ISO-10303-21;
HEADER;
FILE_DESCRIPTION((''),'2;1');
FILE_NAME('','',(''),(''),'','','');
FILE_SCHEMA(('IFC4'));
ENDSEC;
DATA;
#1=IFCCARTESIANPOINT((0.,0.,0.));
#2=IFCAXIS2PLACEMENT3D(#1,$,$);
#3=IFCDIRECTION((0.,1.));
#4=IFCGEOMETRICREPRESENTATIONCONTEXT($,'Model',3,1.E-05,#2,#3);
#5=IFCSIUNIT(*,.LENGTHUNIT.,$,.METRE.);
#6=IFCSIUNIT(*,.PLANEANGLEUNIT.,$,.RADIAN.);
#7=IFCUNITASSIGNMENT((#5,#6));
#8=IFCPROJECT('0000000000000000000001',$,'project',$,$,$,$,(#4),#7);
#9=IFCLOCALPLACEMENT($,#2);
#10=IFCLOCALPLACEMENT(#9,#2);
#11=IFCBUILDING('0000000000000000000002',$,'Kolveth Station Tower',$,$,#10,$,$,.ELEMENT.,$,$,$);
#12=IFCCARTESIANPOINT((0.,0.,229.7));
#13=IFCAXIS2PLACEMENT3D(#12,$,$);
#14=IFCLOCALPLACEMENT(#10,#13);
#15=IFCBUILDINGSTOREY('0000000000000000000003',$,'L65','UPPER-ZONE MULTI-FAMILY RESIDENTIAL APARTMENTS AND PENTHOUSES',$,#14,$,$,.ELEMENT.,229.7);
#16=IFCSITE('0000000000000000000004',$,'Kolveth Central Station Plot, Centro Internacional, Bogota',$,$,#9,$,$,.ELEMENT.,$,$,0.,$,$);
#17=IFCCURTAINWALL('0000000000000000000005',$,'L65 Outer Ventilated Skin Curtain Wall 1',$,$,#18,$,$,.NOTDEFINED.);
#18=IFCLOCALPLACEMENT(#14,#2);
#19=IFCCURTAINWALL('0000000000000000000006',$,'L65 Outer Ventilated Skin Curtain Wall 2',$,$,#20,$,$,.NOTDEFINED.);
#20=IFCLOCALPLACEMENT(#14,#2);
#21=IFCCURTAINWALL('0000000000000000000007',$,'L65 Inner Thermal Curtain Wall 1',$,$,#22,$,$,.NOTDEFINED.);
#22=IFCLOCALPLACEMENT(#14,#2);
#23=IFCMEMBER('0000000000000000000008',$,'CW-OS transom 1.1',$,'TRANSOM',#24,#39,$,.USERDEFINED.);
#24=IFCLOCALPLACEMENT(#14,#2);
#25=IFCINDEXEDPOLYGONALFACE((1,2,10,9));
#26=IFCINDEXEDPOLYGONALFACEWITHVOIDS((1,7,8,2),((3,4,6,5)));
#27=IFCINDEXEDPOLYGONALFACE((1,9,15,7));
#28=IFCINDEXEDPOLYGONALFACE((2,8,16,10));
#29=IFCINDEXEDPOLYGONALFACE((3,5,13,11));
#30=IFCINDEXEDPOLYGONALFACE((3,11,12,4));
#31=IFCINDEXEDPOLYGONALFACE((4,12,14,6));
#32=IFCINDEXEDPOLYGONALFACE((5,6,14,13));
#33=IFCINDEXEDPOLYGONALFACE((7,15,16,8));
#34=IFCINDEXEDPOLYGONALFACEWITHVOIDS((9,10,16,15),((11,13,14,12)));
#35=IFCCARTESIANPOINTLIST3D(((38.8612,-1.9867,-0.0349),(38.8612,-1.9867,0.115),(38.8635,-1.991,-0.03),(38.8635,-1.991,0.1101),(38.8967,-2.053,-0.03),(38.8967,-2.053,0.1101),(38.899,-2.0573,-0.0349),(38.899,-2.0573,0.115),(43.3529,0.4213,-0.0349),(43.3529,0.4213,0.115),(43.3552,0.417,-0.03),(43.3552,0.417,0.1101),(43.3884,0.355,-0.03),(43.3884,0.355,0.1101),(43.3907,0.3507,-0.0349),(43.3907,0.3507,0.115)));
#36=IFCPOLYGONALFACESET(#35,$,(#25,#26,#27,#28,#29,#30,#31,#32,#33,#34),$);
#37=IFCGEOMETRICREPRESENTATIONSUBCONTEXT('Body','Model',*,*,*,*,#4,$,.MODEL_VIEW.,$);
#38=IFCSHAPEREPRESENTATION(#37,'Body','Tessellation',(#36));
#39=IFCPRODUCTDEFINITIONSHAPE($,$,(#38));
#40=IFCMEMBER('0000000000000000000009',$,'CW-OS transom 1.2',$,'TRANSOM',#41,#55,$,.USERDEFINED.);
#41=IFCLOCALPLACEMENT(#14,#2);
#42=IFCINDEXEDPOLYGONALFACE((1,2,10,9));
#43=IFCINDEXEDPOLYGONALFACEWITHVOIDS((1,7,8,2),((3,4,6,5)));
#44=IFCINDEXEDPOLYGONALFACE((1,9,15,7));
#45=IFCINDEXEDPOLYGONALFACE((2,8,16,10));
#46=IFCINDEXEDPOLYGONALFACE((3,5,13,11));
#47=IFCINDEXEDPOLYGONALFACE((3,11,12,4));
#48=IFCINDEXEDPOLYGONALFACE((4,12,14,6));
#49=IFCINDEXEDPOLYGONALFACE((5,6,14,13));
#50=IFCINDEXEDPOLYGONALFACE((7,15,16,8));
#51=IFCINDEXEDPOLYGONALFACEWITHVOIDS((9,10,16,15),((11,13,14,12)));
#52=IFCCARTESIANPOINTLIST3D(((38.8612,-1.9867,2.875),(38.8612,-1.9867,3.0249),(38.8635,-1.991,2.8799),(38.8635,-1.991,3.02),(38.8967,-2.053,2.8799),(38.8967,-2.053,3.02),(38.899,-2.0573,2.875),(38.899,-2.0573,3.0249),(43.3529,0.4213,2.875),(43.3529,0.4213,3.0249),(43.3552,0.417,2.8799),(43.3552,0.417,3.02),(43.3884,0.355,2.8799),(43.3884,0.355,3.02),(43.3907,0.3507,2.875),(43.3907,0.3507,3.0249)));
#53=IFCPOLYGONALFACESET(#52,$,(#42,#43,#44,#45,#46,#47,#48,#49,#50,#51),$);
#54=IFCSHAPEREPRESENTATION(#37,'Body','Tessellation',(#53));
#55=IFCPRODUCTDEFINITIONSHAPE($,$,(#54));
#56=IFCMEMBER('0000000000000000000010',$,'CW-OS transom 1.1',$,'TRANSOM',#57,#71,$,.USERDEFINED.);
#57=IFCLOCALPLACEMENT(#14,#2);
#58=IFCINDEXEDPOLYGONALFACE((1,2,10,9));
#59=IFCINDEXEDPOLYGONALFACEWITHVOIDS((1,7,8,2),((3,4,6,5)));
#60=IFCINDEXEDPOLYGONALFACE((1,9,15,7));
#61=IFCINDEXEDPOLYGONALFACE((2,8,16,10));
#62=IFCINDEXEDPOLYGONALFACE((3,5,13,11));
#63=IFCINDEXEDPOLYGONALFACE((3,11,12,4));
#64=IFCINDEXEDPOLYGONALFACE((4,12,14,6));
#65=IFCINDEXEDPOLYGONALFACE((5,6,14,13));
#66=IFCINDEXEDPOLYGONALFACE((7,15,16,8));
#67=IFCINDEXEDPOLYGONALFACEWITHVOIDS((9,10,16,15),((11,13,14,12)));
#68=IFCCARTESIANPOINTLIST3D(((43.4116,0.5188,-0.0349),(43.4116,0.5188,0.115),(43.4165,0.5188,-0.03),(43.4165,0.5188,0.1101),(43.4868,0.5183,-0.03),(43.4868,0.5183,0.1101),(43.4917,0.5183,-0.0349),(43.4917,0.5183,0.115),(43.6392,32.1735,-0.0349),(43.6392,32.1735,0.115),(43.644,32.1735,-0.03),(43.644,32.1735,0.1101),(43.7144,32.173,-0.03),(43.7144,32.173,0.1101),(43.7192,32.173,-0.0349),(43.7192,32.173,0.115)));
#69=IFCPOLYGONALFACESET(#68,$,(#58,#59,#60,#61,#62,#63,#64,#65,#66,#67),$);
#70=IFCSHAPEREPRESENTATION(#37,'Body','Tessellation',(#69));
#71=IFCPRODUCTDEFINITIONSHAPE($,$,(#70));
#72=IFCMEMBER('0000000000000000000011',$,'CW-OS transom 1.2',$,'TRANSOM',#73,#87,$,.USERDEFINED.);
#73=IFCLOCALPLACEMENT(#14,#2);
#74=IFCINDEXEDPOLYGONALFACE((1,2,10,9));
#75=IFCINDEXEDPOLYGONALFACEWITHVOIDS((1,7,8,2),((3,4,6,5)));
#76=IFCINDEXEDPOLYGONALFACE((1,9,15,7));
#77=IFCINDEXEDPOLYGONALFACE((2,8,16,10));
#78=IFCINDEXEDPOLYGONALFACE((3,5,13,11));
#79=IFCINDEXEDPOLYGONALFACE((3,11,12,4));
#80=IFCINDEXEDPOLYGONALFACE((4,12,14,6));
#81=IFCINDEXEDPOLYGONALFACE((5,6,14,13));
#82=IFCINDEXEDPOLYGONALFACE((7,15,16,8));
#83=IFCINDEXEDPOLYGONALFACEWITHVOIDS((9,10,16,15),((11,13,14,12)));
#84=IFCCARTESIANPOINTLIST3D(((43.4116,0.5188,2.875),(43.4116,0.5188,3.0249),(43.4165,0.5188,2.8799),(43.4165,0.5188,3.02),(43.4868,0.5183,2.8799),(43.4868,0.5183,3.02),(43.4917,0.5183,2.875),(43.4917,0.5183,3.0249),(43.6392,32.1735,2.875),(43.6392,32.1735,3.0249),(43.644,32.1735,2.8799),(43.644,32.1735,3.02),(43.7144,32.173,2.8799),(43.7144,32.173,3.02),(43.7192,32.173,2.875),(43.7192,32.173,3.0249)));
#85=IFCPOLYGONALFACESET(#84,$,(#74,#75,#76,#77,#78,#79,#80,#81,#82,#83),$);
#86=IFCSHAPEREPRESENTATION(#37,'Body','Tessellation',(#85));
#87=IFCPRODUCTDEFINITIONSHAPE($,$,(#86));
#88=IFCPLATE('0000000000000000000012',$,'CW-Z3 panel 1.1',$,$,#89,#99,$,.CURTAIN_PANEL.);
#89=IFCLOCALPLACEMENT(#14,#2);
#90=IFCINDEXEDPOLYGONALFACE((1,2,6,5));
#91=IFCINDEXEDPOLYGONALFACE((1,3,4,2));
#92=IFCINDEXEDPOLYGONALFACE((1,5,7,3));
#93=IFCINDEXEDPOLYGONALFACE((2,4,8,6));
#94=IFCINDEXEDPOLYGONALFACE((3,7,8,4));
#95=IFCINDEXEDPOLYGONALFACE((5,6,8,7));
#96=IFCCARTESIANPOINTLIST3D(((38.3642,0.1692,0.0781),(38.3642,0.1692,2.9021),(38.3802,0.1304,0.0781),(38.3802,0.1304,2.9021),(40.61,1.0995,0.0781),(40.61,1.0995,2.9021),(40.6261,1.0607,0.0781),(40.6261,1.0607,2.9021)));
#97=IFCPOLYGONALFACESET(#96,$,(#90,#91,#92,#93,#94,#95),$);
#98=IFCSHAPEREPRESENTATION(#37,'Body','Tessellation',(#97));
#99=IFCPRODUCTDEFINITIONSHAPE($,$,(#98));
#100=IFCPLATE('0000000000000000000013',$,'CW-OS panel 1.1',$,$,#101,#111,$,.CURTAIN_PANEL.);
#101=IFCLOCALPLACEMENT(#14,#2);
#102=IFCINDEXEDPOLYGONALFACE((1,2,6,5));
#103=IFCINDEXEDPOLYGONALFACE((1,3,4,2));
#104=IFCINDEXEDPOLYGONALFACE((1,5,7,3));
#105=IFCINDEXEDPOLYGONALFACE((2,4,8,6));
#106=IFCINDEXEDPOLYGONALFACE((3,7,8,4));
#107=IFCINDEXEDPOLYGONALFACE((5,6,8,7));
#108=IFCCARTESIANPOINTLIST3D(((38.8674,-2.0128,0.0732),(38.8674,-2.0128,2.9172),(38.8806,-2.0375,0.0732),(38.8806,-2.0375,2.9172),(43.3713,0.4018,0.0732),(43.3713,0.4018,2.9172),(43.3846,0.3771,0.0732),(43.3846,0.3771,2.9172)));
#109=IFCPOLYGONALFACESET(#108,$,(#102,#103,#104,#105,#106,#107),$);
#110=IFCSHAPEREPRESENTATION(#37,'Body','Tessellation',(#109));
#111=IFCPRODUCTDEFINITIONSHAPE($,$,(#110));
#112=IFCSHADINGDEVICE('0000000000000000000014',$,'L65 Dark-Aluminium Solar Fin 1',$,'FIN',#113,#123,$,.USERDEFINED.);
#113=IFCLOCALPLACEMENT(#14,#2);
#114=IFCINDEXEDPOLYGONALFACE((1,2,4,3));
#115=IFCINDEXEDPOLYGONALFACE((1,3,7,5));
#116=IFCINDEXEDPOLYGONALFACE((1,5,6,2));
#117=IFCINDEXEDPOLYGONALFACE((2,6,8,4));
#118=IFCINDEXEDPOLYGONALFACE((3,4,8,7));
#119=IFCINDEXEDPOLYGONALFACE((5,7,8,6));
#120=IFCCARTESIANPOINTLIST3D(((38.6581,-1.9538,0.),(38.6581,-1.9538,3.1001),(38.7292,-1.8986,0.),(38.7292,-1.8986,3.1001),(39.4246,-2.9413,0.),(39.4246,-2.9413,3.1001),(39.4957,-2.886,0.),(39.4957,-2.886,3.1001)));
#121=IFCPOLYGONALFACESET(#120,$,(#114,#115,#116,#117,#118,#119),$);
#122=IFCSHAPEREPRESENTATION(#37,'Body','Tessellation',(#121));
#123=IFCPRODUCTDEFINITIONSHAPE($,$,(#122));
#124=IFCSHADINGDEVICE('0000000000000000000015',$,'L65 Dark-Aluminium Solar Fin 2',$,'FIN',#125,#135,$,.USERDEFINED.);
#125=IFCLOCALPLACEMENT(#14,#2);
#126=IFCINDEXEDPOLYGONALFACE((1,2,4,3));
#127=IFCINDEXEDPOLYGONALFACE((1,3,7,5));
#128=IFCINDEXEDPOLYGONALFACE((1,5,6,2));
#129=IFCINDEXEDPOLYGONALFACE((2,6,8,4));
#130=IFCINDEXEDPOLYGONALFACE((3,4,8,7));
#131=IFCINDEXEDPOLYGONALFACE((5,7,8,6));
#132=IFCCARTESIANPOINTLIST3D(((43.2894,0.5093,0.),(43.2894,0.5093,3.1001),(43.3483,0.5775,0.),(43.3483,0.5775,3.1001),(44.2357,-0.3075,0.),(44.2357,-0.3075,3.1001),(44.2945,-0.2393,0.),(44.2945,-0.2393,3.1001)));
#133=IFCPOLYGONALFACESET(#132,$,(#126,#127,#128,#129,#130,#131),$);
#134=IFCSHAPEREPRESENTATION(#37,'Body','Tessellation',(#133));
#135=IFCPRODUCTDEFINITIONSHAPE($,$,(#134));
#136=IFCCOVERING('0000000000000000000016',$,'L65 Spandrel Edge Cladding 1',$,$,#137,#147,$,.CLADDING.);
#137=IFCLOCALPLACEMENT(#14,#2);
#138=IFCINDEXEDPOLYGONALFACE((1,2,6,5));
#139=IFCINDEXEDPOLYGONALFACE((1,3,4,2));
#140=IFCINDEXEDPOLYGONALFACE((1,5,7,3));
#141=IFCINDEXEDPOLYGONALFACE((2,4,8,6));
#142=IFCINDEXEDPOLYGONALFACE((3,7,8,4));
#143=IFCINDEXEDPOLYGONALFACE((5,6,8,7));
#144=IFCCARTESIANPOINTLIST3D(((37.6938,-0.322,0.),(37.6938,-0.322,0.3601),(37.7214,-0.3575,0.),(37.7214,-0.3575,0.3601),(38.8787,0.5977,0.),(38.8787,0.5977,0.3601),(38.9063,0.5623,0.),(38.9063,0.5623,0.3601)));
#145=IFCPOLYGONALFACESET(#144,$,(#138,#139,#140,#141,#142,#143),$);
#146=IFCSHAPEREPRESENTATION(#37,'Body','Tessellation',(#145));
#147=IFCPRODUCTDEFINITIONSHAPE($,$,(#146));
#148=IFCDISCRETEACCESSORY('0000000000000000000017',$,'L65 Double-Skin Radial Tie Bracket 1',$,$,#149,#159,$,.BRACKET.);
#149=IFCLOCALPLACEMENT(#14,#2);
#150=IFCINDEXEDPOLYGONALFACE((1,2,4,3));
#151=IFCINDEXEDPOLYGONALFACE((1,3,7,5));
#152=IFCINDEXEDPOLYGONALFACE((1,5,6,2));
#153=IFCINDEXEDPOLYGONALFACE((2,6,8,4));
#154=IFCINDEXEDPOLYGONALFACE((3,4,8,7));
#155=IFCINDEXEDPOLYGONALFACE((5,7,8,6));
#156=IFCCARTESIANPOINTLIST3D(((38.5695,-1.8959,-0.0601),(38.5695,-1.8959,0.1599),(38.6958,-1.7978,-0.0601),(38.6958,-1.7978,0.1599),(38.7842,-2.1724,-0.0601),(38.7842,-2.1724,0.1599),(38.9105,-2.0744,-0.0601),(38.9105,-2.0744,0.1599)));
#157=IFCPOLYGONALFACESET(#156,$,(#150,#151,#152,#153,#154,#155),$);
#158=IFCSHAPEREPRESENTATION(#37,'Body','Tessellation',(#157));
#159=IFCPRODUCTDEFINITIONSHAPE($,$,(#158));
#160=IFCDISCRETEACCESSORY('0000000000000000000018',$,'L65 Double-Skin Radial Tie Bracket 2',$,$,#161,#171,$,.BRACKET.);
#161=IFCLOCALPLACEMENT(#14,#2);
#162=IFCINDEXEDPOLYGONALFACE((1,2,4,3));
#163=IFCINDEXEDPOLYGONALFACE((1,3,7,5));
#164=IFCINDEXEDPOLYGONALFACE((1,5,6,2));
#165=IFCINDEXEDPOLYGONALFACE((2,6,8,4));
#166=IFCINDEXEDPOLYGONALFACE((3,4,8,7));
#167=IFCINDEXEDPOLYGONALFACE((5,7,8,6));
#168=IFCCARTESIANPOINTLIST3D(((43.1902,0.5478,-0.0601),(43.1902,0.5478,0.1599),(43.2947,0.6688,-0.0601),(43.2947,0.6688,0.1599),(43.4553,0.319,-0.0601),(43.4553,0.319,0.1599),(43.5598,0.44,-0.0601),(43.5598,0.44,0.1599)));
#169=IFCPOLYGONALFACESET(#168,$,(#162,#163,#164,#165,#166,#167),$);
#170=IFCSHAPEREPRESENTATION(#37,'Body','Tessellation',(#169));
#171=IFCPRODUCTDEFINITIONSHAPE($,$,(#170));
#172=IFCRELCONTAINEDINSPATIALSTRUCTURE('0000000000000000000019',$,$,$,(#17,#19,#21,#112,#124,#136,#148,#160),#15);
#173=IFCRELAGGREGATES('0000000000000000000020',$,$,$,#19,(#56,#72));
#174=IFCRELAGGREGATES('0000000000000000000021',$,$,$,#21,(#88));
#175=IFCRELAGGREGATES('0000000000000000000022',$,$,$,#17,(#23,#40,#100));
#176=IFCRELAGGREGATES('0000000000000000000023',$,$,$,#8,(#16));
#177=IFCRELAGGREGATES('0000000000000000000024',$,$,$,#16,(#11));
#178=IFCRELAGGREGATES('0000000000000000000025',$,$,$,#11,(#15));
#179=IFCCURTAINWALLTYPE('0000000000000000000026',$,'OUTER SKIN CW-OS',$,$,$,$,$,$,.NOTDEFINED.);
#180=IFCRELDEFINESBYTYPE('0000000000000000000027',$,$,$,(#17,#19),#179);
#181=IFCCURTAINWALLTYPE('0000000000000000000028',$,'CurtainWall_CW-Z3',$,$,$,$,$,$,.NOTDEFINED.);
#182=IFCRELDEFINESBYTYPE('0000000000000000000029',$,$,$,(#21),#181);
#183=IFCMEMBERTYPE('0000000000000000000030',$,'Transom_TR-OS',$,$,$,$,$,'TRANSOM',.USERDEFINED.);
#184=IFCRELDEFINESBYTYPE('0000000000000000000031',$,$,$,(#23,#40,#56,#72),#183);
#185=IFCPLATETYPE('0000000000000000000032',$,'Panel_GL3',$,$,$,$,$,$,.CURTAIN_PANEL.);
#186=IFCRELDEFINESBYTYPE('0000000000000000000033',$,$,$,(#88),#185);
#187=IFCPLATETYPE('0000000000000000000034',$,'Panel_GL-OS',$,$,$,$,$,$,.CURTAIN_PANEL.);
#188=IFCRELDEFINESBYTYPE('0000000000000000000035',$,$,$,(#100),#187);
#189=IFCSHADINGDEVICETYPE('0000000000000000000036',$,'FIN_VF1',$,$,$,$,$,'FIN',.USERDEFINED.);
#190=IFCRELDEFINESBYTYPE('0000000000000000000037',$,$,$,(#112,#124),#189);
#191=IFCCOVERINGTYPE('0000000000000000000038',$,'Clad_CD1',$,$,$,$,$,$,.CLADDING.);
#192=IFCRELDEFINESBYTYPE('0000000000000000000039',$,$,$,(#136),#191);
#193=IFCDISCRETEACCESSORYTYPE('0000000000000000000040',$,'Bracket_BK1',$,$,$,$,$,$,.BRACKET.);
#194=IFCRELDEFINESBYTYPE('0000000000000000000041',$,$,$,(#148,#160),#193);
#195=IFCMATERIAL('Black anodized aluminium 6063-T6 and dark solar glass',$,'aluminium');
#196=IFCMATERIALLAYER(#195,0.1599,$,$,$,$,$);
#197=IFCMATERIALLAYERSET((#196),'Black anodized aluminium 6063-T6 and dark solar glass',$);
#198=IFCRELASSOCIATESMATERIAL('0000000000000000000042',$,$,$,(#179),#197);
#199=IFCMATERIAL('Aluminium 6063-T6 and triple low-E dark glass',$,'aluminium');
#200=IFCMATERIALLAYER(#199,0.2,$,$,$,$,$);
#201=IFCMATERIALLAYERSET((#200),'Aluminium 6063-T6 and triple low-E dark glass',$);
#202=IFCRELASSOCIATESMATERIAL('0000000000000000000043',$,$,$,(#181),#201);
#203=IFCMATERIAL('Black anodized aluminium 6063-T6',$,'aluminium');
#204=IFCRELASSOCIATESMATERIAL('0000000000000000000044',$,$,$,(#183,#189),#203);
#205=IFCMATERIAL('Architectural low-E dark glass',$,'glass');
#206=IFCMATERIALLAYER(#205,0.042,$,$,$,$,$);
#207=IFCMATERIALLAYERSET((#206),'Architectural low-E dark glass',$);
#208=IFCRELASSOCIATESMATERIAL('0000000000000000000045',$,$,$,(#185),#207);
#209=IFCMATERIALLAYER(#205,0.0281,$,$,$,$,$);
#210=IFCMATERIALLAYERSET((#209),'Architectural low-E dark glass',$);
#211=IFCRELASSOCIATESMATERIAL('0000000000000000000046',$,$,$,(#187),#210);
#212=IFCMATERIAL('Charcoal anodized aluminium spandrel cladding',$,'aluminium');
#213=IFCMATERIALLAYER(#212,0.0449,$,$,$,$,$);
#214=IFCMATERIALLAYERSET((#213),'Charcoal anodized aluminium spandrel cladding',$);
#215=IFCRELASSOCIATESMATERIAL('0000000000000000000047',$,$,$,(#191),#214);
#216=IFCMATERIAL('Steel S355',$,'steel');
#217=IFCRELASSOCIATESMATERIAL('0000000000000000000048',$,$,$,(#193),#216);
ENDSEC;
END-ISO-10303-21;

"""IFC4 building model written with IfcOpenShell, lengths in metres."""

from ifc_helpers import new_model, si_unit, direction, frame, origin, origin_2d, place, context, subcontext, project, spatial, rectangle, hollow_rectangle, extrude, source, transform, mapped, material, layer, layer_set, material_profile, profile_set, type_object, element, aggregate, save


model = new_model("IFC4")

# Units and contexts
model_context = context("Model", 3, precision=1e-05, world=origin(), true_north=direction((0.0, 1.0)))
body_context = subcontext(model_context, "Body", "Model", "MODEL_VIEW")
ifc_project = project(units=[si_unit("LENGTHUNIT", "METRE"), si_unit("PLANEANGLEUNIT", "RADIAN")], contexts=[model_context])

# Site, building, storey
site_placement = place(None, origin())
site = spatial("IfcSite", under=ifc_project, at=site_placement, Name="Kolveth Central Station Plot, Centro Internacional, Bogota", CompositionType="ELEMENT", RefElevation=0.0)
building_placement = place(site_placement, origin())
building = spatial("IfcBuilding", under=site, at=building_placement, Name="Kolveth Station Tower", CompositionType="ELEMENT")
storey_placement = place(building_placement, frame((0.0, 0.0, 229.7)))
storey = spatial("IfcBuildingStorey", under=building, at=storey_placement, Name="L65", Description="UPPER-ZONE MULTI-FAMILY RESIDENTIAL APARTMENTS AND PENTHOUSES", CompositionType="ELEMENT", Elevation=229.7)

# Curtain wall
ifc_material_1 = material(Name="Black anodized aluminium 6063-T6 and dark solar glass", Category="aluminium")
ifc_layer_1 = layer(ifc_material_1, 0.1599)
ifc_layer_set_1 = layer_set([ifc_layer_1], Name="Black anodized aluminium 6063-T6 and dark solar glass")
curtain_wall_type_1 = type_object("IfcCurtainWallType", Name="OUTER SKIN CW-OS", PredefinedType="NOTDEFINED", material=ifc_layer_set_1)
curtain_wall_1_placement = place(storey_placement, origin())
curtain_wall_1 = element("IfcCurtainWall", 1, at=curtain_wall_1_placement, inside=storey, type_object=curtain_wall_type_1, Name="L65 Outer Ventilated Skin Curtain Wall 1", PredefinedType="NOTDEFINED")
ifc_material_2 = material(Name="Black anodized aluminium 6063-T6", Category="aluminium")

# Curtain wall
curtain_wall_2_placement = place(storey_placement, origin())
curtain_wall_2 = element("IfcCurtainWall", 2, at=curtain_wall_2_placement, inside=storey, type_object=curtain_wall_type_1, Name="L65 Outer Ventilated Skin Curtain Wall 2", PredefinedType="NOTDEFINED")

# Curtain wall
ifc_material_3 = material(Name="Aluminium 6063-T6 and triple low-E dark glass", Category="aluminium")
ifc_layer_2 = layer(ifc_material_3, 0.2)
ifc_layer_set_2 = layer_set([ifc_layer_2], Name="Aluminium 6063-T6 and triple low-E dark glass")
curtain_wall_type_2 = type_object("IfcCurtainWallType", Name="CurtainWall_CW-Z3", PredefinedType="NOTDEFINED", material=ifc_layer_set_2)
curtain_wall_3_placement = place(storey_placement, origin())
curtain_wall_3 = element("IfcCurtainWall", 3, at=curtain_wall_3_placement, inside=storey, type_object=curtain_wall_type_2, Name="L65 Inner Thermal Curtain Wall 1", PredefinedType="NOTDEFINED")

# Members
ifc_material_profile_1 = material_profile(ifc_material_2, hollow_rectangle(XDim=0.0801, YDim=0.1499, WallThickness=0.0049, at=origin_2d()), Name="ALU-80x150x5")
ifc_profile_set_1 = profile_set([ifc_material_profile_1], Name="Black anodized aluminium 6063-T6")
member_type_1 = type_object("IfcMemberType", Name="Transom_TR-OS", ElementType="TRANSOM", PredefinedType="USERDEFINED", material=ifc_profile_set_1)
shared_shape_1 = source(origin(), body_context, "Body", "SweptSolid", [
    extrude(hollow_rectangle(XDim=0.0801, YDim=0.1499, WallThickness=0.0049, at=origin_2d()), origin(), (0.0, 0.0, 1.0), 5.0964),
])
member_1_placement = place(storey_placement, frame((38.8801, -2.022, 0.04), z_axis=(0.881342, 0.472479, 0.0), x_axis=(-0.472479, 0.881342, 0.0)))
member_1 = element("IfcMember", 4, at=member_1_placement, type_object=member_type_1, Name="CW-OS transom 1.1", ObjectType="TRANSOM", PredefinedType="USERDEFINED", context=body_context, shape_type="MappedRepresentation", body=[
    mapped(shared_shape_1, transform((0.0, 0.0, 0.0), x_axis=(1.0, 0.0, 0.0), y_axis=(0.0, 1.0, 0.0), z_axis=(0.0, 0.0, 1.0), scale=1.0)),
])
member_2_placement = place(storey_placement, frame((38.8801, -2.022, 2.95), z_axis=(0.881342, 0.472479, 0.0), x_axis=(-0.472479, 0.881342, 0.0)))
member_2 = element("IfcMember", 5, at=member_2_placement, type_object=member_type_1, Name="CW-OS transom 1.2", ObjectType="TRANSOM", PredefinedType="USERDEFINED", context=body_context, shape_type="MappedRepresentation", body=[
    mapped(shared_shape_1, transform((0.0, 0.0, 0.0), x_axis=(1.0, 0.0, 0.0), y_axis=(0.0, 1.0, 0.0), z_axis=(0.0, 0.0, 1.0), scale=1.0)),
])
shared_shape_2 = source(origin(), body_context, "Body", "SweptSolid", [
    extrude(hollow_rectangle(XDim=0.0801, YDim=0.1499, WallThickness=0.0049, at=origin_2d()), origin(), (0.0, 0.0, 1.0), 31.6555),
])
member_3_placement = place(storey_placement, frame((43.4517, 0.5186, 0.04), z_axis=(0.007188, 0.999974, 0.0), x_axis=(-0.999974, 0.007188, 0.0)))
member_3 = element("IfcMember", 6, at=member_3_placement, type_object=member_type_1, Name="CW-OS transom 1.1", ObjectType="TRANSOM", PredefinedType="USERDEFINED", context=body_context, shape_type="MappedRepresentation", body=[
    mapped(shared_shape_2, transform((0.0, 0.0, 0.0), x_axis=(1.0, 0.0, 0.0), y_axis=(0.0, 1.0, 0.0), z_axis=(0.0, 0.0, 1.0), scale=1.0)),
])
member_4_placement = place(storey_placement, frame((43.4517, 0.5186, 2.95), z_axis=(0.007188, 0.999974, 0.0), x_axis=(-0.999974, 0.007188, 0.0)))
member_4 = element("IfcMember", 7, at=member_4_placement, type_object=member_type_1, Name="CW-OS transom 1.2", ObjectType="TRANSOM", PredefinedType="USERDEFINED", context=body_context, shape_type="MappedRepresentation", body=[
    mapped(shared_shape_2, transform((0.0, 0.0, 0.0), x_axis=(1.0, 0.0, 0.0), y_axis=(0.0, 1.0, 0.0), z_axis=(0.0, 0.0, 1.0), scale=1.0)),
])
aggregate(curtain_wall_2, [member_3, member_4])

# Plates
ifc_material_4 = material(Name="Architectural low-E dark glass", Category="glass")
ifc_layer_3 = layer(ifc_material_4, 0.042)
ifc_layer_set_3 = layer_set([ifc_layer_3], Name="Architectural low-E dark glass")
plate_type_1 = type_object("IfcPlateType", Name="Panel_GL3", PredefinedType="CURTAIN_PANEL", material=ifc_layer_set_3)
shared_shape_3 = source(origin(), body_context, "Body", "SweptSolid", [
    extrude(rectangle(XDim=2.4309, YDim=0.042, at=origin_2d()), origin(), (0.0, 0.0, 1.0), 2.824),
])
plate_1_placement = place(storey_placement, frame((39.4951, 0.615, 0.0781), z_axis=(0.0, 0.0, 1.0), x_axis=(0.923875, 0.382693, 0.0)))
plate_1 = element("IfcPlate", 8, at=plate_1_placement, type_object=plate_type_1, Name="CW-Z3 panel 1.1", PredefinedType="CURTAIN_PANEL", context=body_context, shape_type="MappedRepresentation", body=[
    mapped(shared_shape_3, transform((0.0, 0.0, 0.0), x_axis=(1.0, 0.0, 0.0), y_axis=(0.0, 1.0, 0.0), z_axis=(0.0, 0.0, 1.0), scale=1.0)),
])
aggregate(curtain_wall_3, [plate_1])
ifc_layer_4 = layer(ifc_material_4, 0.0281)
ifc_layer_set_4 = layer_set([ifc_layer_4], Name="Architectural low-E dark glass")
plate_type_2 = type_object("IfcPlateType", Name="Panel_GL-OS", PredefinedType="CURTAIN_PANEL", material=ifc_layer_set_4)
shared_shape_4 = source(origin(), body_context, "Body", "SweptSolid", [
    extrude(rectangle(XDim=5.1104, YDim=0.0281, at=origin_2d()), origin(), (0.0, 0.0, 1.0), 2.844),
])
plate_2_placement = place(storey_placement, frame((41.126, -0.8179, 0.0732), z_axis=(0.0, 0.0, 1.0), x_axis=(0.881336, 0.47249, 0.0)))
plate_2 = element("IfcPlate", 9, at=plate_2_placement, type_object=plate_type_2, Name="CW-OS panel 1.1", PredefinedType="CURTAIN_PANEL", context=body_context, shape_type="MappedRepresentation", body=[
    mapped(shared_shape_4, transform((0.0, 0.0, 0.0), x_axis=(1.0, 0.0, 0.0), y_axis=(0.0, 1.0, 0.0), z_axis=(0.0, 0.0, 1.0), scale=1.0)),
])
aggregate(curtain_wall_1, [member_1, member_2, plate_2])

# Shading devices
shading_device_type = type_object("IfcShadingDeviceType", Name="FIN_VF1", ElementType="FIN", PredefinedType="USERDEFINED", material=ifc_material_2)
shared_shape_5 = source(origin(), body_context, "Body", "SweptSolid", [
    extrude(rectangle(XDim=1.25, YDim=0.0901, at=origin_2d()), origin(), (0.0, 0.0, 1.0), 3.1001),
])
for number, where, z_axis, x_axis, name in (
    (10, (39.0769, -2.4199, 0.0), (0.0, 0.0, 1.0), (0.613183, -0.789941, 0.0), "L65 Dark-Aluminium Solar Fin 1"),
    (11, (43.792, 0.135, 0.0), (0.0, 0.0, 1.0), (0.756995, -0.653421, 0.0), "L65 Dark-Aluminium Solar Fin 2"),
):
    element("IfcShadingDevice", number, at=place(storey_placement, frame(where, z_axis=z_axis, x_axis=x_axis)), inside=storey, type_object=shading_device_type, Name=name, ObjectType="FIN", PredefinedType="USERDEFINED", context=body_context, shape_type="MappedRepresentation", body=[
        mapped(shared_shape_5, transform((0.0, 0.0, 0.0), x_axis=(1.0, 0.0, 0.0), y_axis=(0.0, 1.0, 0.0), z_axis=(0.0, 0.0, 1.0), scale=1.0)),
    ])

# Covering
ifc_material_5 = material(Name="Charcoal anodized aluminium spandrel cladding", Category="aluminium")
ifc_layer_5 = layer(ifc_material_5, 0.0449)
ifc_layer_set_5 = layer_set([ifc_layer_5], Name="Charcoal anodized aluminium spandrel cladding")
covering_type = type_object("IfcCoveringType", Name="Clad_CD1", PredefinedType="CLADDING", material=ifc_layer_set_5)
shared_shape_6 = source(origin(), body_context, "Body", "SweptSolid", [
    extrude(rectangle(XDim=1.5, YDim=0.0449, at=origin_2d()), origin(), (0.0, 0.0, 1.0), 0.3601),
])
covering_placement = place(storey_placement, frame((38.3, 0.1201, 0.0), z_axis=(0.0, 0.0, 1.0), x_axis=(0.789941, 0.613183, 0.0)))
element("IfcCovering", 12, at=covering_placement, inside=storey, type_object=covering_type, Name="L65 Spandrel Edge Cladding 1", PredefinedType="CLADDING", context=body_context, shape_type="MappedRepresentation", body=[
    mapped(shared_shape_6, transform((0.0, 0.0, 0.0), x_axis=(1.0, 0.0, 0.0), y_axis=(0.0, 1.0, 0.0), z_axis=(0.0, 0.0, 1.0), scale=1.0)),
])

# Discrete accessories
ifc_material_6 = material(Name="Steel S355", Category="steel")
discrete_accessory_type = type_object("IfcDiscreteAccessoryType", Name="Bracket_BK1", PredefinedType="BRACKET", material=ifc_material_6)
shared_shape_7 = source(origin(), body_context, "Body", "SweptSolid", [
    extrude(rectangle(XDim=0.3501, YDim=0.1599, at=origin_2d()), origin(), (0.0, 0.0, 1.0), 0.22),
])
for number, where, z_axis, x_axis, name in (
    (13, (38.74, -1.9851, -0.0601), (0.0, 0.0, 1.0), (0.613183, -0.789941, 0.0), "L65 Double-Skin Radial Tie Bracket 1"),
    (14, (43.375, 0.4939, -0.0601), (0.0, 0.0, 1.0), (0.756995, -0.653421, 0.0), "L65 Double-Skin Radial Tie Bracket 2"),
):
    element("IfcDiscreteAccessory", number, at=place(storey_placement, frame(where, z_axis=z_axis, x_axis=x_axis)), inside=storey, type_object=discrete_accessory_type, Name=name, PredefinedType="BRACKET", context=body_context, shape_type="MappedRepresentation", body=[
        mapped(shared_shape_7, transform((0.0, 0.0, 0.0), x_axis=(1.0, 0.0, 0.0), y_axis=(0.0, 1.0, 0.0), z_axis=(0.0, 0.0, 1.0), scale=1.0)),
    ])

save(model, "model.ifc")
